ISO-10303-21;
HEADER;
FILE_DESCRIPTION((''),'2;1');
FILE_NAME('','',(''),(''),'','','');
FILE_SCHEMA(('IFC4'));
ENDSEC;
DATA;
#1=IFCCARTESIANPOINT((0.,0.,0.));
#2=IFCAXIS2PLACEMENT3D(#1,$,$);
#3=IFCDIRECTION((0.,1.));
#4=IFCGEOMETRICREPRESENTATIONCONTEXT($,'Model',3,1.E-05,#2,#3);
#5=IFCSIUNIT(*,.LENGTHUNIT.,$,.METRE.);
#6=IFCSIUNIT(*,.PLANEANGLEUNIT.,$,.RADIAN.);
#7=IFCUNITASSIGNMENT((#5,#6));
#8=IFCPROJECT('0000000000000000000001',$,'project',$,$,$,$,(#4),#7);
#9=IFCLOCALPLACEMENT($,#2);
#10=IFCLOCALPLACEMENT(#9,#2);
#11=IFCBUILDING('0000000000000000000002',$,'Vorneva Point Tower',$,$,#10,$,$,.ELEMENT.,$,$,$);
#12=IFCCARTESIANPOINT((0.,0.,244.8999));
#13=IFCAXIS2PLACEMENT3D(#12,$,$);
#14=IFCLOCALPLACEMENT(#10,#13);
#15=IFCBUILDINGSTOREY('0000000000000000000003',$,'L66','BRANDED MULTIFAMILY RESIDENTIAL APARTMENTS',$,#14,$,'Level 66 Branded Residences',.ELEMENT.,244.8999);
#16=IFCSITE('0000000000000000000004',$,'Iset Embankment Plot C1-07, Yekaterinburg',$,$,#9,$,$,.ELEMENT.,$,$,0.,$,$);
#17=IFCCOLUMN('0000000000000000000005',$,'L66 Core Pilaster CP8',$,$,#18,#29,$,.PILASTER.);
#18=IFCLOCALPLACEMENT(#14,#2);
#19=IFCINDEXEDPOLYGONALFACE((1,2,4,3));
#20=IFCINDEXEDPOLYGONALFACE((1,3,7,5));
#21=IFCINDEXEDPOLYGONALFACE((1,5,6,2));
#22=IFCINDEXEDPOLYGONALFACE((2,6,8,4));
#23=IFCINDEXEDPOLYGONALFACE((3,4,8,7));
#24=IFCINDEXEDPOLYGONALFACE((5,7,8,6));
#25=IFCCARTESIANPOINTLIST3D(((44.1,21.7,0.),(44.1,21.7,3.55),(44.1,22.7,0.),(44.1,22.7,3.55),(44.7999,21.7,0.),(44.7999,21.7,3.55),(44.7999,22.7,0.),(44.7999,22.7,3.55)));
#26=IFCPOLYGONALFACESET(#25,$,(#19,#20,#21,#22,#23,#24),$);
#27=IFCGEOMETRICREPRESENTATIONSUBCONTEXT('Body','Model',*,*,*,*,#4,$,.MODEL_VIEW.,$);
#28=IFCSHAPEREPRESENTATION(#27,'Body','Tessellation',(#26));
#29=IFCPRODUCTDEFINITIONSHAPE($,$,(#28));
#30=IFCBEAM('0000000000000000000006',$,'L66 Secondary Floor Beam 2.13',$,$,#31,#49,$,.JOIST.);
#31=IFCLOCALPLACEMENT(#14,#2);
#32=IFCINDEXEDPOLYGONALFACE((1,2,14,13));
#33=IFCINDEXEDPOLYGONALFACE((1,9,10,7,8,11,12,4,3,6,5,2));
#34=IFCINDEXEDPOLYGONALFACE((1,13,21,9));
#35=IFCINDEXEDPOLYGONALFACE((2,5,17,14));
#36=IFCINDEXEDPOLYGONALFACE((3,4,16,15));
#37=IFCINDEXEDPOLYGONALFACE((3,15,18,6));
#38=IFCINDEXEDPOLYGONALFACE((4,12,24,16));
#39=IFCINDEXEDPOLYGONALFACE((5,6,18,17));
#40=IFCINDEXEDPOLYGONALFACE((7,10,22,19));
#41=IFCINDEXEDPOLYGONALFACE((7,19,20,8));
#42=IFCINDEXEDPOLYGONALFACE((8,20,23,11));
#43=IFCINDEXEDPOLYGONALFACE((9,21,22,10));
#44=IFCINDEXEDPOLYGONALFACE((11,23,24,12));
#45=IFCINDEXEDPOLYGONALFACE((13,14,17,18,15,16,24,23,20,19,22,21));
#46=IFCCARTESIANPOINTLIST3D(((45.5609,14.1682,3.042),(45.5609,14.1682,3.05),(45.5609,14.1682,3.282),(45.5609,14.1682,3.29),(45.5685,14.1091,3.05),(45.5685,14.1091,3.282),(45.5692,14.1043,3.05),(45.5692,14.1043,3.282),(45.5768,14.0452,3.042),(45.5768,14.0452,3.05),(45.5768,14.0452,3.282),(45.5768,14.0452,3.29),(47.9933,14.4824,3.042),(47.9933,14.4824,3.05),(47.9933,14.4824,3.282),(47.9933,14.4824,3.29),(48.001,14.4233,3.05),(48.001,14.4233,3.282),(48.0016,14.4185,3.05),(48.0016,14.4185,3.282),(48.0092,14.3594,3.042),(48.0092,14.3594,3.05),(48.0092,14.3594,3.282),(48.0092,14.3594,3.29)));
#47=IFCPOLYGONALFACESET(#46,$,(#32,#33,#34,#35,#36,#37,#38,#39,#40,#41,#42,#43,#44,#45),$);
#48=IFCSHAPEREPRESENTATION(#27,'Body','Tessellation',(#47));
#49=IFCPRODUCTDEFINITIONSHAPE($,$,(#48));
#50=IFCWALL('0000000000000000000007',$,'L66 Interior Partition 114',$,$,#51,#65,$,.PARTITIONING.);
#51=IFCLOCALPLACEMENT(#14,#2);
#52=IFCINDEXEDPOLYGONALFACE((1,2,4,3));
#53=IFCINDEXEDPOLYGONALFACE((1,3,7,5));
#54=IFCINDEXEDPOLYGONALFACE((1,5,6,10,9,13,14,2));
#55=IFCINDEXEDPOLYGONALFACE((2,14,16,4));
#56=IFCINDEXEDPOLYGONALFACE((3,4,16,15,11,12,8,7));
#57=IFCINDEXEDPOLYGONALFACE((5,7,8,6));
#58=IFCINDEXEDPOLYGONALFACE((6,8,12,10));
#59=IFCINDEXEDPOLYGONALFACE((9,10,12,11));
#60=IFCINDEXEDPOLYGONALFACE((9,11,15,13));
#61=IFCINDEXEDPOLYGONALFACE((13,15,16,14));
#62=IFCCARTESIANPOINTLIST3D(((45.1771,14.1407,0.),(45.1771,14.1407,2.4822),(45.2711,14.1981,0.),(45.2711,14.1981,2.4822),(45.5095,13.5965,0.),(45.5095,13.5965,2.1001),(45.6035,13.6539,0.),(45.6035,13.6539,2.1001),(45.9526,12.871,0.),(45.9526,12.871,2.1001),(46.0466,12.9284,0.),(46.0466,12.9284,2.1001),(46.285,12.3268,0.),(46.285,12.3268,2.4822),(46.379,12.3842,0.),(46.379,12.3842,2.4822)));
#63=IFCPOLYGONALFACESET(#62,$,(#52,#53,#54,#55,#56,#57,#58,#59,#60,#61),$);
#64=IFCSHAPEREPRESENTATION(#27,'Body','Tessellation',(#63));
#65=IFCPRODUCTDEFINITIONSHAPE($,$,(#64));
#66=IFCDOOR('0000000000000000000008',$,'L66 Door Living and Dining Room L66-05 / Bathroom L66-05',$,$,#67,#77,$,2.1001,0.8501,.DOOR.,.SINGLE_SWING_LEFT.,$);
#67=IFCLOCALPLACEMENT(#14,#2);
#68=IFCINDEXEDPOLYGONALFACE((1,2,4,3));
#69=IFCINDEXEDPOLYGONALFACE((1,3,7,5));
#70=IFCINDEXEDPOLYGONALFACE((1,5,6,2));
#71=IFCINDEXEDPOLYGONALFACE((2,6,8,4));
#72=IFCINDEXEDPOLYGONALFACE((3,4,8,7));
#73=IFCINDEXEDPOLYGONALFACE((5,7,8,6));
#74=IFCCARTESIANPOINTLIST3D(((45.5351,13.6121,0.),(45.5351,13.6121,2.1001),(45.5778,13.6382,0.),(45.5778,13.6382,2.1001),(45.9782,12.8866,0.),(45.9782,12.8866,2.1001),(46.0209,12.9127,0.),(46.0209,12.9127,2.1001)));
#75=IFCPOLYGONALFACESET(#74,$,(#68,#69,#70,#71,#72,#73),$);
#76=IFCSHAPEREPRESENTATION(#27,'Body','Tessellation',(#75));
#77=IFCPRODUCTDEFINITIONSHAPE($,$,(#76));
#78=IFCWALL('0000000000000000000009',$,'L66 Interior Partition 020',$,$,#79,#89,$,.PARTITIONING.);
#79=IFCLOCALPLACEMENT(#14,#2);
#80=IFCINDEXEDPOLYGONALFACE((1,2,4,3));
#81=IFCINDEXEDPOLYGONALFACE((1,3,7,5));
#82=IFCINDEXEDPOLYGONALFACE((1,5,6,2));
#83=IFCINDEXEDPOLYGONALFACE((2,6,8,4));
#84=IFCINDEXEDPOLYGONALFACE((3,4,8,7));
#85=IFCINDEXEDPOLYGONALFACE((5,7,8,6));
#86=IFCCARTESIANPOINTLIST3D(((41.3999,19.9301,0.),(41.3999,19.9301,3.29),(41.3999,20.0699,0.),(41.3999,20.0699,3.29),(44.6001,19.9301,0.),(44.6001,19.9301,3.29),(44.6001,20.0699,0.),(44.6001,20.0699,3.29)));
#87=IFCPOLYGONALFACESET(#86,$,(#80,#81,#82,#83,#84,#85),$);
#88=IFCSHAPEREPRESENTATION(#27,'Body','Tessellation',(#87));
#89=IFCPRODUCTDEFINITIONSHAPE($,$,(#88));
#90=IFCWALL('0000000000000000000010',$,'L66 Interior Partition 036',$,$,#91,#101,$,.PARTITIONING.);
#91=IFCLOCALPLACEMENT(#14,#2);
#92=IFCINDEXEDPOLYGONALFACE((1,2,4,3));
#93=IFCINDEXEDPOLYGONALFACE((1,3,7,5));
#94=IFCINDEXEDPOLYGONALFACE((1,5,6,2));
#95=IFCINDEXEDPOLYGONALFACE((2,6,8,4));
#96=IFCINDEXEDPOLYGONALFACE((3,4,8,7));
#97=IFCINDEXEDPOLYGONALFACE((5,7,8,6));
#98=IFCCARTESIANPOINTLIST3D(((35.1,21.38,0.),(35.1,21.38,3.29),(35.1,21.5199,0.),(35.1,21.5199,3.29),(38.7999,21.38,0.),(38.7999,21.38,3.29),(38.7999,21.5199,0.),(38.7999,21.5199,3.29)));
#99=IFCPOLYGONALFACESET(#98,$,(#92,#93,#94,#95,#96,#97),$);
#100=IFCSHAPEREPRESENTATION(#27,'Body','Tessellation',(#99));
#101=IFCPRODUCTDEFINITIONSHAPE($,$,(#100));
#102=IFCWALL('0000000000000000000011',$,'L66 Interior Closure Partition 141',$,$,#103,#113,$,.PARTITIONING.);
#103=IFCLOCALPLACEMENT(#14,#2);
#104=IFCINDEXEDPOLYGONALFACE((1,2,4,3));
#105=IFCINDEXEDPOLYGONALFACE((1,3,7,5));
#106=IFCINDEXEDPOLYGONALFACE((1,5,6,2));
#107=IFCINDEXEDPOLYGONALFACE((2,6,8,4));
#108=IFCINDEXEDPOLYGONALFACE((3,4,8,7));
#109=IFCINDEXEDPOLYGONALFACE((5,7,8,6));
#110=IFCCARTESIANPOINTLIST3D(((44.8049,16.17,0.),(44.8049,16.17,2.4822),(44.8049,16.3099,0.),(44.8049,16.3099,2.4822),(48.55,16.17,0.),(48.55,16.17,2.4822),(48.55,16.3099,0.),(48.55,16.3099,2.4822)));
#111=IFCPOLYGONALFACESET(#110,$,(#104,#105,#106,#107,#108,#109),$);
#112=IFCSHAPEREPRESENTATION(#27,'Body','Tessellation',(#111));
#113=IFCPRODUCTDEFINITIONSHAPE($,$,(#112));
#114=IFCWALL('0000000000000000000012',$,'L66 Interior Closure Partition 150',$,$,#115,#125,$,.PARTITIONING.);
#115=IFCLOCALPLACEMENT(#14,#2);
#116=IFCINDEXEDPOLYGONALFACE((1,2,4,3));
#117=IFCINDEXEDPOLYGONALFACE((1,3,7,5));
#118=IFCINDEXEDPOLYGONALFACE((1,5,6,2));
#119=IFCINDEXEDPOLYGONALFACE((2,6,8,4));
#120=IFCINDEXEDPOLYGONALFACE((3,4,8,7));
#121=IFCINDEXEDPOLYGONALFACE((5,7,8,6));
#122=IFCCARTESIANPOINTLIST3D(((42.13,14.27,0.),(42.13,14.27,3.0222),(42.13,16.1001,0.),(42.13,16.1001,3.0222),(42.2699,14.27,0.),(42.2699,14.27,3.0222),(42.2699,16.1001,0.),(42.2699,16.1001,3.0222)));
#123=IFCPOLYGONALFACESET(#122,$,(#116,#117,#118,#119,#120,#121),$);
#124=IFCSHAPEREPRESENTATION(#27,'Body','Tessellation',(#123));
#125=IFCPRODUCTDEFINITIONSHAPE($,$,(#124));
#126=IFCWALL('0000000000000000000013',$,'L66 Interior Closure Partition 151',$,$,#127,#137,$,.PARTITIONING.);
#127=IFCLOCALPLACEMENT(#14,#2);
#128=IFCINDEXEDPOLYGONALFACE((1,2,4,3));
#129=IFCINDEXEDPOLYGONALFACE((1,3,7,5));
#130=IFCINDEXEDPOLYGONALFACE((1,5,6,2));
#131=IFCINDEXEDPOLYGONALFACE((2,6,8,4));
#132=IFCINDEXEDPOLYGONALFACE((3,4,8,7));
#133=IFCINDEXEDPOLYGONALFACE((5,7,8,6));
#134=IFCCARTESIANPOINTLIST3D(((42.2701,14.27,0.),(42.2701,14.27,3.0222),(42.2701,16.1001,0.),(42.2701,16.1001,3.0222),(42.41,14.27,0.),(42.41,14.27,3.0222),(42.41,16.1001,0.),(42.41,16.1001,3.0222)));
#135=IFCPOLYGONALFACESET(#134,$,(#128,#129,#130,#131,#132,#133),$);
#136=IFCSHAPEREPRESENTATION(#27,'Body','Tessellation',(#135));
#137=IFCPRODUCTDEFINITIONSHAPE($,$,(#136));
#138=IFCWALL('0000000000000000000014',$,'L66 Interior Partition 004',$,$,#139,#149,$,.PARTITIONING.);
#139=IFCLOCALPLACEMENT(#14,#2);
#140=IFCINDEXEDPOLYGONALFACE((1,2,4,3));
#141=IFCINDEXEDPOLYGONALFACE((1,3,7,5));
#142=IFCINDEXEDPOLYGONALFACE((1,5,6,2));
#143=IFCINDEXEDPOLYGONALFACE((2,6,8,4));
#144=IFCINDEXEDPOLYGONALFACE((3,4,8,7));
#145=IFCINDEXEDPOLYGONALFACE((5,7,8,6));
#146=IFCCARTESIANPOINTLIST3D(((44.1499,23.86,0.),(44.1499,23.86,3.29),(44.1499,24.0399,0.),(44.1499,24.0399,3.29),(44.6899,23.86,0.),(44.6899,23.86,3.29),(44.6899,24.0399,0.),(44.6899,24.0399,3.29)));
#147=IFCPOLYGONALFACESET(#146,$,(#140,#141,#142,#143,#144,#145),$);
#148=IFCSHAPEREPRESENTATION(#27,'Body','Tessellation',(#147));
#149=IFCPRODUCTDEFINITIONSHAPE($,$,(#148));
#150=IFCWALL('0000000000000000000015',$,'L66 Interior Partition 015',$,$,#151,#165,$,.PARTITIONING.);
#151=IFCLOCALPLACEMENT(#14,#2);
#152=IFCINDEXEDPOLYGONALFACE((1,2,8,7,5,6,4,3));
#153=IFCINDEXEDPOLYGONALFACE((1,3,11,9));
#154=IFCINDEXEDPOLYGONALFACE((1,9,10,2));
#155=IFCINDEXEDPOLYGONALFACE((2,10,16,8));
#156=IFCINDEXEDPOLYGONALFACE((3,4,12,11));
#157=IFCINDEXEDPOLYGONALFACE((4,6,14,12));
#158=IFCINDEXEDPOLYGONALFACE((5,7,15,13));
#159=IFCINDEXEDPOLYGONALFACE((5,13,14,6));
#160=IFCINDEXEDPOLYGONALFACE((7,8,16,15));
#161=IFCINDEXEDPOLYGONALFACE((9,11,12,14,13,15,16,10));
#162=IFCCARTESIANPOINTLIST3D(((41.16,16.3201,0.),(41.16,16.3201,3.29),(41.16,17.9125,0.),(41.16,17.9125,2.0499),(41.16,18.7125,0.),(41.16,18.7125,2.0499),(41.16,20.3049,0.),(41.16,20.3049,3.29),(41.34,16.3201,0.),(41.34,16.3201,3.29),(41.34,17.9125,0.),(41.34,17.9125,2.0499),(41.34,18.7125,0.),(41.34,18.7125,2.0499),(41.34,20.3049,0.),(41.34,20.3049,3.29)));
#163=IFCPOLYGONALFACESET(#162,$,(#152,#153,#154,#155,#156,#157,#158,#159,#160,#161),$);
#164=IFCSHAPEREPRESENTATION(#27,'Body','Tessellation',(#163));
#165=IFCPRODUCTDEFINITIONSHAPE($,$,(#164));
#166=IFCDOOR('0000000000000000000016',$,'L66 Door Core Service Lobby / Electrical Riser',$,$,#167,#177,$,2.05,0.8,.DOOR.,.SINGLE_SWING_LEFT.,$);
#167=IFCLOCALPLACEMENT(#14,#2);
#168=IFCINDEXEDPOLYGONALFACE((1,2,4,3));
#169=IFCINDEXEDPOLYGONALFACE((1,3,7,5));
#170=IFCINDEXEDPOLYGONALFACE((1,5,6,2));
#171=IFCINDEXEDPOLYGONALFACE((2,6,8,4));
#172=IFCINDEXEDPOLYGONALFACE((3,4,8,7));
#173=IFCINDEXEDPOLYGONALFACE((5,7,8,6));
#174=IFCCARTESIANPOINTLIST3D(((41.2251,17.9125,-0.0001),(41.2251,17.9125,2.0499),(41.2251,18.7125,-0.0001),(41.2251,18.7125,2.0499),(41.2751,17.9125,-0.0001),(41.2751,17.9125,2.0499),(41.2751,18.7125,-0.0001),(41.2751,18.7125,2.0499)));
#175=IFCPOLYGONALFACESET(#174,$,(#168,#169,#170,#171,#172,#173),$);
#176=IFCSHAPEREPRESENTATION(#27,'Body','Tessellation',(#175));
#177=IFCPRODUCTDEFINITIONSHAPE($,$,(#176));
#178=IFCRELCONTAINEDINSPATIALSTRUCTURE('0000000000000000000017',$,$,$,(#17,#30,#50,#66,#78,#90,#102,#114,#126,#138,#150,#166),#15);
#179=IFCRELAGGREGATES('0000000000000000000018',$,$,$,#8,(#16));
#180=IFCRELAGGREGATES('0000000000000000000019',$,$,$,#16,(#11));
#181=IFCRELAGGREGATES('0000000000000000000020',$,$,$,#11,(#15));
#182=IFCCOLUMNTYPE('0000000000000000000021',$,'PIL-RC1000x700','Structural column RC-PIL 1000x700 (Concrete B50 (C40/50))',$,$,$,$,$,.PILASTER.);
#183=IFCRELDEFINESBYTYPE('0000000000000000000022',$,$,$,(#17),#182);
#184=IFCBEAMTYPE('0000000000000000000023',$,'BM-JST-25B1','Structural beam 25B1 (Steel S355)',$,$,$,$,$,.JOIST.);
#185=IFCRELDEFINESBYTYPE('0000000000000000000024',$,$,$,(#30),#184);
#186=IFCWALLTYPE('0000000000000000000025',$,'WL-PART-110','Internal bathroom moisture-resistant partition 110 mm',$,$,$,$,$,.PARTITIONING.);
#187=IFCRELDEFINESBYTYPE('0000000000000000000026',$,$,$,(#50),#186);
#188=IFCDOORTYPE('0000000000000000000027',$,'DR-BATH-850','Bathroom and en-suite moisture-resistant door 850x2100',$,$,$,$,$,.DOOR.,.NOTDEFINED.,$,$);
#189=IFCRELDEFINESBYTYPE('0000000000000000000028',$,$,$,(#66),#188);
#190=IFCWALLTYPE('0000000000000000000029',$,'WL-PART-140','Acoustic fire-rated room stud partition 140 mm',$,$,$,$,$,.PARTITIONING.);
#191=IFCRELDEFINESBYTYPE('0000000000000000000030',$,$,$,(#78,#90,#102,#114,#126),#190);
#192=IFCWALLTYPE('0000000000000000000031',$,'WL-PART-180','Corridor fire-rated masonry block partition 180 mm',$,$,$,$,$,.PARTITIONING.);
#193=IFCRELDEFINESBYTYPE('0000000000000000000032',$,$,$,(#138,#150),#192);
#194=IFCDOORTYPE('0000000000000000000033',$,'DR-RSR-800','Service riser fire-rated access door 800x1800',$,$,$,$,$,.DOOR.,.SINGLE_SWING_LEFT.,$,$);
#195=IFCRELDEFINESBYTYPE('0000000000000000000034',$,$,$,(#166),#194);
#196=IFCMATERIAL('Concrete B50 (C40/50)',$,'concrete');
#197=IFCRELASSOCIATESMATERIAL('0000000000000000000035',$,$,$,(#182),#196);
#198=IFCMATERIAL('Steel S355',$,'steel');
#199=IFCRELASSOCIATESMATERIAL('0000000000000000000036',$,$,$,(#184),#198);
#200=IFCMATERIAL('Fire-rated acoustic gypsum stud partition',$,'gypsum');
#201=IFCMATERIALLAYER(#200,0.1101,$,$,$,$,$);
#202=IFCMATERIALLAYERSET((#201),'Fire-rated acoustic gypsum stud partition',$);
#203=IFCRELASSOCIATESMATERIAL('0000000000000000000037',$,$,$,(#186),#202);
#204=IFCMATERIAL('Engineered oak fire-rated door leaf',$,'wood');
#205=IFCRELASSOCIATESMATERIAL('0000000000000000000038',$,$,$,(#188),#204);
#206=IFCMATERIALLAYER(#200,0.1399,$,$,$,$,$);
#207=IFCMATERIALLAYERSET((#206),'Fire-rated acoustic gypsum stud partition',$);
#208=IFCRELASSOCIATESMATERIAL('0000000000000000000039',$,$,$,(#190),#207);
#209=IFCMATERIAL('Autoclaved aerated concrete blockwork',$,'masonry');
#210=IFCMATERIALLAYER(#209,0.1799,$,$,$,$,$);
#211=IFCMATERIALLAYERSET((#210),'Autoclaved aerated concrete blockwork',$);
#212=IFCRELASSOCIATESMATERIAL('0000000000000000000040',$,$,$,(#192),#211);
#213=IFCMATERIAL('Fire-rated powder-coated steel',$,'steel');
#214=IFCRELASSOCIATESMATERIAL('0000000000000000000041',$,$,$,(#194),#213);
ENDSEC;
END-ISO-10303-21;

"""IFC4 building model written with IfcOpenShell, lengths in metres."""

from ifc_helpers import new_model, si_unit, direction, frame, frame_2d, origin, origin_2d, place, context, subcontext, project, spatial, rectangle, i_section, extrude, material, layer, layer_set, material_profile, profile_set, type_object, element, fill, save


model = new_model("IFC4")

# Units and contexts
model_context = context("Model", 3, precision=1e-05, world=origin(), true_north=direction((0.0, 1.0)))
body_context = subcontext(model_context, "Body", "Model", "MODEL_VIEW")
ifc_project = project(units=[si_unit("LENGTHUNIT", "METRE"), si_unit("PLANEANGLEUNIT", "RADIAN")], contexts=[model_context])

# Site, building, storey
site_placement = place(None, origin())
site = spatial("IfcSite", under=ifc_project, at=site_placement, Name="Iset Embankment Plot C1-07, Yekaterinburg", CompositionType="ELEMENT", RefElevation=0.0)
building_placement = place(site_placement, origin())
building = spatial("IfcBuilding", under=site, at=building_placement, Name="Vorneva Point Tower", CompositionType="ELEMENT")
storey_placement = place(building_placement, frame((0.0, 0.0, 244.8999)))
storey = spatial("IfcBuildingStorey", under=building, at=storey_placement, Name="L66", Description="BRANDED MULTIFAMILY RESIDENTIAL APARTMENTS", LongName="Level 66 Branded Residences", CompositionType="ELEMENT", Elevation=244.8999)

# Column
ifc_material_1 = material(Name="Concrete B50 (C40/50)", Category="concrete")
ifc_material_profile_1 = material_profile(ifc_material_1, rectangle(XDim=0.7, YDim=1.0, at=origin_2d()), Name="RC-PIL 1000x700")
ifc_profile_set_1 = profile_set([ifc_material_profile_1], Name="Concrete B50 (C40/50)")
column_type = type_object("IfcColumnType", Name="PIL-RC1000x700", Description="Structural column RC-PIL 1000x700 (Concrete B50 (C40/50))", PredefinedType="PILASTER", material=ifc_profile_set_1)
column_placement = place(storey_placement, frame((44.45, 22.2, 0.0), z_axis=(0.0, 0.0, 1.0), x_axis=(1.0, 0.0, 0.0)))
element("IfcColumn", 1, at=column_placement, inside=storey, type_object=column_type, Name="L66 Core Pilaster CP8", PredefinedType="PILASTER", context=body_context, shape_type="SweptSolid", body=[
    extrude(rectangle(XDim=0.7, YDim=1.0, at=origin_2d()), origin(), (0.0, 0.0, 1.0), 3.55),
])

# Beam
ifc_material_2 = material(Name="Steel S355", Category="steel")
ifc_material_profile_2 = material_profile(ifc_material_2, i_section(OverallWidth=0.124, OverallDepth=0.248, WebThickness=0.0049, FlangeThickness=0.0081, at=origin_2d()), Name="25B1")
ifc_profile_set_2 = profile_set([ifc_material_profile_2], Name="Steel S355")
beam_type = type_object("IfcBeamType", Name="BM-JST-25B1", Description="Structural beam 25B1 (Steel S355)", PredefinedType="JOIST", material=ifc_profile_set_2)
beam_placement = place(storey_placement, frame((45.5688, 14.1067, 3.166), z_axis=(0.99176, 0.128113, 0.0), x_axis=(-0.128113, 0.99176, 0.0)))
element("IfcBeam", 2, at=beam_placement, inside=storey, type_object=beam_type, Name="L66 Secondary Floor Beam 2.13", PredefinedType="JOIST", context=body_context, shape_type="SweptSolid", body=[
    extrude(i_section(OverallWidth=0.124, OverallDepth=0.248, WebThickness=0.0049, FlangeThickness=0.0081, at=origin_2d()), origin(), (0.0, 0.0, 1.0), 2.4526),
])

# Wall, opening, door
ifc_material_3 = material(Name="Fire-rated acoustic gypsum stud partition", Category="gypsum")
ifc_layer_1 = layer(ifc_material_3, 0.1101)
ifc_layer_set_1 = layer_set([ifc_layer_1], Name="Fire-rated acoustic gypsum stud partition")
wall_type_1 = type_object("IfcWallType", Name="WL-PART-110", Description="Internal bathroom moisture-resistant partition 110 mm", PredefinedType="PARTITIONING", material=ifc_layer_set_1)
wall_1_placement = place(storey_placement, frame((45.2241, 14.1694, 0.0), z_axis=(0.0, 0.0, 1.0), x_axis=(0.521236, -0.853412, 0.0)))
wall_1 = element("IfcWall", 3, at=wall_1_placement, inside=storey, type_object=wall_type_1, Name="L66 Interior Partition 114", PredefinedType="PARTITIONING", context=body_context, shape_type="SweptSolid", body=[
    extrude(rectangle(XDim=2.1255, YDim=0.1101, at=frame_2d((1.0627, 0.0))), origin(), (0.0, 0.0, 1.0), 2.4822),
])
opening_1_placement = place(wall_1_placement, frame((0.6377, 0.0, 0.0)))
opening_1 = element("IfcOpeningElement", 4, at=opening_1_placement, cuts=wall_1, PredefinedType="OPENING", context=body_context, shape_type="SweptSolid", body=[
    extrude(rectangle(XDim=0.8501, YDim=2.1001, at=frame_2d((0.425, 1.05))), frame((0.0, 0.0698, 0.0), z_axis=(0.0, -1.0, 0.0), x_axis=(1.0, 0.0, 0.0)), (0.0, 0.0, 1.0), 0.1399),
])
ifc_material_4 = material(Name="Engineered oak fire-rated door leaf", Category="wood")
door_type_1 = type_object("IfcDoorType", Name="DR-BATH-850", Description="Bathroom and en-suite moisture-resistant door 850x2100", OperationType="NOTDEFINED", PredefinedType="DOOR", material=ifc_material_4)
door_1_placement = place(opening_1_placement, origin())
door_1 = element("IfcDoor", 5, at=door_1_placement, inside=storey, type_object=door_type_1, Name="L66 Door Living and Dining Room L66-05 / Bathroom L66-05", OperationType="SINGLE_SWING_LEFT", OverallHeight=2.1001, OverallWidth=0.8501, PredefinedType="DOOR", context=body_context, shape_type="SweptSolid", body=[
    extrude(rectangle(XDim=0.8501, YDim=2.1001, at=frame_2d((0.425, 1.05))), frame((0.0, 0.0249, 0.0), z_axis=(0.0, -1.0, 0.0), x_axis=(1.0, 0.0, 0.0)), (0.0, 0.0, 1.0), 0.05),
])
fill(opening_1, door_1)

# Walls
ifc_layer_2 = layer(ifc_material_3, 0.1399)
ifc_layer_set_2 = layer_set([ifc_layer_2], Name="Fire-rated acoustic gypsum stud partition")
wall_type_2 = type_object("IfcWallType", Name="WL-PART-140", Description="Acoustic fire-rated room stud partition 140 mm", PredefinedType="PARTITIONING", material=ifc_layer_set_2)
wall_2_placement = place(storey_placement, frame((44.6001, 20.0, 0.0), z_axis=(0.0, 0.0, 1.0), x_axis=(-1.0, 0.0, 0.0)))
element("IfcWall", 6, at=wall_2_placement, inside=storey, type_object=wall_type_2, Name="L66 Interior Partition 020", PredefinedType="PARTITIONING", context=body_context, shape_type="SweptSolid", body=[
    extrude(rectangle(XDim=3.2002, YDim=0.1399, at=frame_2d((1.6001, 0.0))), origin(), (0.0, 0.0, 1.0), 3.29),
])
wall_3_placement = place(storey_placement, frame((38.8, 21.45, 0.0), z_axis=(0.0, 0.0, 1.0), x_axis=(-1.0, 0.0, 0.0)))
element("IfcWall", 7, at=wall_3_placement, inside=storey, type_object=wall_type_2, Name="L66 Interior Partition 036", PredefinedType="PARTITIONING", context=body_context, shape_type="SweptSolid", body=[
    extrude(rectangle(XDim=3.7, YDim=0.1399, at=frame_2d((1.8501, 0.0))), origin(), (0.0, 0.0, 1.0), 3.29),
])
wall_4_placement = place(storey_placement, frame((44.8049, 16.24, 0.0), z_axis=(0.0, 0.0, 1.0), x_axis=(1.0, 0.0, 0.0)))
element("IfcWall", 8, at=wall_4_placement, inside=storey, type_object=wall_type_2, Name="L66 Interior Closure Partition 141", PredefinedType="PARTITIONING", context=body_context, shape_type="SweptSolid", body=[
    extrude(rectangle(XDim=3.7451, YDim=0.1399, at=frame_2d((1.8726, 0.0))), origin(), (0.0, 0.0, 1.0), 2.4822),
])
for number, where, z_axis, x_axis, name in (
    (9, (42.2, 16.1001, 0.0), (0.0, 0.0, 1.0), (0.0, -1.0, 0.0), "L66 Interior Closure Partition 150"),
    (10, (42.3401, 14.27, 0.0), (0.0, 0.0, 1.0), (0.0, 1.0, 0.0), "L66 Interior Closure Partition 151"),
):
    element("IfcWall", number, at=place(storey_placement, frame(where, z_axis=z_axis, x_axis=x_axis)), inside=storey, type_object=wall_type_2, Name=name, PredefinedType="PARTITIONING", context=body_context, shape_type="SweptSolid", body=[
        extrude(rectangle(XDim=1.8301, YDim=0.1399, at=frame_2d((0.915, 0.0))), origin(), (0.0, 0.0, 1.0), 3.0222),
    ])
ifc_material_5 = material(Name="Autoclaved aerated concrete blockwork", Category="masonry")
ifc_layer_3 = layer(ifc_material_5, 0.1799)
ifc_layer_set_3 = layer_set([ifc_layer_3], Name="Autoclaved aerated concrete blockwork")
wall_type_3 = type_object("IfcWallType", Name="WL-PART-180", Description="Corridor fire-rated masonry block partition 180 mm", PredefinedType="PARTITIONING", material=ifc_layer_set_3)
wall_5_placement = place(storey_placement, frame((44.1499, 23.95, 0.0), z_axis=(0.0, 0.0, 1.0), x_axis=(1.0, 0.0, 0.0)))
element("IfcWall", 11, at=wall_5_placement, inside=storey, type_object=wall_type_3, Name="L66 Interior Partition 004", PredefinedType="PARTITIONING", context=body_context, shape_type="SweptSolid", body=[
    extrude(rectangle(XDim=0.54, YDim=0.1799, at=frame_2d((0.27, 0.0))), origin(), (0.0, 0.0, 1.0), 3.29),
])

# Wall, opening, door
wall_6_placement = place(storey_placement, frame((41.25, 16.3201, 0.0), z_axis=(0.0, 0.0, 1.0), x_axis=(0.0, 1.0, 0.0)))
wall_6 = element("IfcWall", 12, at=wall_6_placement, inside=storey, type_object=wall_type_3, Name="L66 Interior Partition 015", PredefinedType="PARTITIONING", context=body_context, shape_type="SweptSolid", body=[
    extrude(rectangle(XDim=3.9849, YDim=0.1799, at=frame_2d((1.9924, 0.0))), origin(), (0.0, 0.0, 1.0), 3.29),
])
opening_2_placement = place(wall_6_placement, frame((1.5925, 0.0, 0.0)))
opening_2 = element("IfcOpeningElement", 13, at=opening_2_placement, cuts=wall_6, PredefinedType="OPENING", context=body_context, shape_type="SweptSolid", body=[
    extrude(rectangle(XDim=0.8, YDim=2.05, at=frame_2d((0.3999, 1.0249))), frame((0.0, 0.105, 0.0), z_axis=(0.0, -1.0, 0.0), x_axis=(1.0, 0.0, 0.0)), (0.0, 0.0, 1.0), 0.2097),
])
ifc_material_6 = material(Name="Fire-rated powder-coated steel", Category="steel")
door_type_2 = type_object("IfcDoorType", Name="DR-RSR-800", Description="Service riser fire-rated access door 800x1800", OperationType="SINGLE_SWING_LEFT", PredefinedType="DOOR", material=ifc_material_6)
door_2_placement = place(opening_2_placement, origin())
door_2 = element("IfcDoor", 14, at=door_2_placement, inside=storey, type_object=door_type_2, Name="L66 Door Core Service Lobby / Electrical Riser", OperationType="SINGLE_SWING_LEFT", OverallHeight=2.05, OverallWidth=0.8, PredefinedType="DOOR", context=body_context, shape_type="SweptSolid", body=[
    extrude(rectangle(XDim=0.8, YDim=2.05, at=frame_2d((0.3999, 1.0249))), frame((0.0, 0.0249, 0.0), z_axis=(0.0, -1.0, 0.0), x_axis=(1.0, 0.0, 0.0)), (0.0, 0.0, 1.0), 0.05),
])
fill(opening_2, door_2)

save(model, "model.ifc")
